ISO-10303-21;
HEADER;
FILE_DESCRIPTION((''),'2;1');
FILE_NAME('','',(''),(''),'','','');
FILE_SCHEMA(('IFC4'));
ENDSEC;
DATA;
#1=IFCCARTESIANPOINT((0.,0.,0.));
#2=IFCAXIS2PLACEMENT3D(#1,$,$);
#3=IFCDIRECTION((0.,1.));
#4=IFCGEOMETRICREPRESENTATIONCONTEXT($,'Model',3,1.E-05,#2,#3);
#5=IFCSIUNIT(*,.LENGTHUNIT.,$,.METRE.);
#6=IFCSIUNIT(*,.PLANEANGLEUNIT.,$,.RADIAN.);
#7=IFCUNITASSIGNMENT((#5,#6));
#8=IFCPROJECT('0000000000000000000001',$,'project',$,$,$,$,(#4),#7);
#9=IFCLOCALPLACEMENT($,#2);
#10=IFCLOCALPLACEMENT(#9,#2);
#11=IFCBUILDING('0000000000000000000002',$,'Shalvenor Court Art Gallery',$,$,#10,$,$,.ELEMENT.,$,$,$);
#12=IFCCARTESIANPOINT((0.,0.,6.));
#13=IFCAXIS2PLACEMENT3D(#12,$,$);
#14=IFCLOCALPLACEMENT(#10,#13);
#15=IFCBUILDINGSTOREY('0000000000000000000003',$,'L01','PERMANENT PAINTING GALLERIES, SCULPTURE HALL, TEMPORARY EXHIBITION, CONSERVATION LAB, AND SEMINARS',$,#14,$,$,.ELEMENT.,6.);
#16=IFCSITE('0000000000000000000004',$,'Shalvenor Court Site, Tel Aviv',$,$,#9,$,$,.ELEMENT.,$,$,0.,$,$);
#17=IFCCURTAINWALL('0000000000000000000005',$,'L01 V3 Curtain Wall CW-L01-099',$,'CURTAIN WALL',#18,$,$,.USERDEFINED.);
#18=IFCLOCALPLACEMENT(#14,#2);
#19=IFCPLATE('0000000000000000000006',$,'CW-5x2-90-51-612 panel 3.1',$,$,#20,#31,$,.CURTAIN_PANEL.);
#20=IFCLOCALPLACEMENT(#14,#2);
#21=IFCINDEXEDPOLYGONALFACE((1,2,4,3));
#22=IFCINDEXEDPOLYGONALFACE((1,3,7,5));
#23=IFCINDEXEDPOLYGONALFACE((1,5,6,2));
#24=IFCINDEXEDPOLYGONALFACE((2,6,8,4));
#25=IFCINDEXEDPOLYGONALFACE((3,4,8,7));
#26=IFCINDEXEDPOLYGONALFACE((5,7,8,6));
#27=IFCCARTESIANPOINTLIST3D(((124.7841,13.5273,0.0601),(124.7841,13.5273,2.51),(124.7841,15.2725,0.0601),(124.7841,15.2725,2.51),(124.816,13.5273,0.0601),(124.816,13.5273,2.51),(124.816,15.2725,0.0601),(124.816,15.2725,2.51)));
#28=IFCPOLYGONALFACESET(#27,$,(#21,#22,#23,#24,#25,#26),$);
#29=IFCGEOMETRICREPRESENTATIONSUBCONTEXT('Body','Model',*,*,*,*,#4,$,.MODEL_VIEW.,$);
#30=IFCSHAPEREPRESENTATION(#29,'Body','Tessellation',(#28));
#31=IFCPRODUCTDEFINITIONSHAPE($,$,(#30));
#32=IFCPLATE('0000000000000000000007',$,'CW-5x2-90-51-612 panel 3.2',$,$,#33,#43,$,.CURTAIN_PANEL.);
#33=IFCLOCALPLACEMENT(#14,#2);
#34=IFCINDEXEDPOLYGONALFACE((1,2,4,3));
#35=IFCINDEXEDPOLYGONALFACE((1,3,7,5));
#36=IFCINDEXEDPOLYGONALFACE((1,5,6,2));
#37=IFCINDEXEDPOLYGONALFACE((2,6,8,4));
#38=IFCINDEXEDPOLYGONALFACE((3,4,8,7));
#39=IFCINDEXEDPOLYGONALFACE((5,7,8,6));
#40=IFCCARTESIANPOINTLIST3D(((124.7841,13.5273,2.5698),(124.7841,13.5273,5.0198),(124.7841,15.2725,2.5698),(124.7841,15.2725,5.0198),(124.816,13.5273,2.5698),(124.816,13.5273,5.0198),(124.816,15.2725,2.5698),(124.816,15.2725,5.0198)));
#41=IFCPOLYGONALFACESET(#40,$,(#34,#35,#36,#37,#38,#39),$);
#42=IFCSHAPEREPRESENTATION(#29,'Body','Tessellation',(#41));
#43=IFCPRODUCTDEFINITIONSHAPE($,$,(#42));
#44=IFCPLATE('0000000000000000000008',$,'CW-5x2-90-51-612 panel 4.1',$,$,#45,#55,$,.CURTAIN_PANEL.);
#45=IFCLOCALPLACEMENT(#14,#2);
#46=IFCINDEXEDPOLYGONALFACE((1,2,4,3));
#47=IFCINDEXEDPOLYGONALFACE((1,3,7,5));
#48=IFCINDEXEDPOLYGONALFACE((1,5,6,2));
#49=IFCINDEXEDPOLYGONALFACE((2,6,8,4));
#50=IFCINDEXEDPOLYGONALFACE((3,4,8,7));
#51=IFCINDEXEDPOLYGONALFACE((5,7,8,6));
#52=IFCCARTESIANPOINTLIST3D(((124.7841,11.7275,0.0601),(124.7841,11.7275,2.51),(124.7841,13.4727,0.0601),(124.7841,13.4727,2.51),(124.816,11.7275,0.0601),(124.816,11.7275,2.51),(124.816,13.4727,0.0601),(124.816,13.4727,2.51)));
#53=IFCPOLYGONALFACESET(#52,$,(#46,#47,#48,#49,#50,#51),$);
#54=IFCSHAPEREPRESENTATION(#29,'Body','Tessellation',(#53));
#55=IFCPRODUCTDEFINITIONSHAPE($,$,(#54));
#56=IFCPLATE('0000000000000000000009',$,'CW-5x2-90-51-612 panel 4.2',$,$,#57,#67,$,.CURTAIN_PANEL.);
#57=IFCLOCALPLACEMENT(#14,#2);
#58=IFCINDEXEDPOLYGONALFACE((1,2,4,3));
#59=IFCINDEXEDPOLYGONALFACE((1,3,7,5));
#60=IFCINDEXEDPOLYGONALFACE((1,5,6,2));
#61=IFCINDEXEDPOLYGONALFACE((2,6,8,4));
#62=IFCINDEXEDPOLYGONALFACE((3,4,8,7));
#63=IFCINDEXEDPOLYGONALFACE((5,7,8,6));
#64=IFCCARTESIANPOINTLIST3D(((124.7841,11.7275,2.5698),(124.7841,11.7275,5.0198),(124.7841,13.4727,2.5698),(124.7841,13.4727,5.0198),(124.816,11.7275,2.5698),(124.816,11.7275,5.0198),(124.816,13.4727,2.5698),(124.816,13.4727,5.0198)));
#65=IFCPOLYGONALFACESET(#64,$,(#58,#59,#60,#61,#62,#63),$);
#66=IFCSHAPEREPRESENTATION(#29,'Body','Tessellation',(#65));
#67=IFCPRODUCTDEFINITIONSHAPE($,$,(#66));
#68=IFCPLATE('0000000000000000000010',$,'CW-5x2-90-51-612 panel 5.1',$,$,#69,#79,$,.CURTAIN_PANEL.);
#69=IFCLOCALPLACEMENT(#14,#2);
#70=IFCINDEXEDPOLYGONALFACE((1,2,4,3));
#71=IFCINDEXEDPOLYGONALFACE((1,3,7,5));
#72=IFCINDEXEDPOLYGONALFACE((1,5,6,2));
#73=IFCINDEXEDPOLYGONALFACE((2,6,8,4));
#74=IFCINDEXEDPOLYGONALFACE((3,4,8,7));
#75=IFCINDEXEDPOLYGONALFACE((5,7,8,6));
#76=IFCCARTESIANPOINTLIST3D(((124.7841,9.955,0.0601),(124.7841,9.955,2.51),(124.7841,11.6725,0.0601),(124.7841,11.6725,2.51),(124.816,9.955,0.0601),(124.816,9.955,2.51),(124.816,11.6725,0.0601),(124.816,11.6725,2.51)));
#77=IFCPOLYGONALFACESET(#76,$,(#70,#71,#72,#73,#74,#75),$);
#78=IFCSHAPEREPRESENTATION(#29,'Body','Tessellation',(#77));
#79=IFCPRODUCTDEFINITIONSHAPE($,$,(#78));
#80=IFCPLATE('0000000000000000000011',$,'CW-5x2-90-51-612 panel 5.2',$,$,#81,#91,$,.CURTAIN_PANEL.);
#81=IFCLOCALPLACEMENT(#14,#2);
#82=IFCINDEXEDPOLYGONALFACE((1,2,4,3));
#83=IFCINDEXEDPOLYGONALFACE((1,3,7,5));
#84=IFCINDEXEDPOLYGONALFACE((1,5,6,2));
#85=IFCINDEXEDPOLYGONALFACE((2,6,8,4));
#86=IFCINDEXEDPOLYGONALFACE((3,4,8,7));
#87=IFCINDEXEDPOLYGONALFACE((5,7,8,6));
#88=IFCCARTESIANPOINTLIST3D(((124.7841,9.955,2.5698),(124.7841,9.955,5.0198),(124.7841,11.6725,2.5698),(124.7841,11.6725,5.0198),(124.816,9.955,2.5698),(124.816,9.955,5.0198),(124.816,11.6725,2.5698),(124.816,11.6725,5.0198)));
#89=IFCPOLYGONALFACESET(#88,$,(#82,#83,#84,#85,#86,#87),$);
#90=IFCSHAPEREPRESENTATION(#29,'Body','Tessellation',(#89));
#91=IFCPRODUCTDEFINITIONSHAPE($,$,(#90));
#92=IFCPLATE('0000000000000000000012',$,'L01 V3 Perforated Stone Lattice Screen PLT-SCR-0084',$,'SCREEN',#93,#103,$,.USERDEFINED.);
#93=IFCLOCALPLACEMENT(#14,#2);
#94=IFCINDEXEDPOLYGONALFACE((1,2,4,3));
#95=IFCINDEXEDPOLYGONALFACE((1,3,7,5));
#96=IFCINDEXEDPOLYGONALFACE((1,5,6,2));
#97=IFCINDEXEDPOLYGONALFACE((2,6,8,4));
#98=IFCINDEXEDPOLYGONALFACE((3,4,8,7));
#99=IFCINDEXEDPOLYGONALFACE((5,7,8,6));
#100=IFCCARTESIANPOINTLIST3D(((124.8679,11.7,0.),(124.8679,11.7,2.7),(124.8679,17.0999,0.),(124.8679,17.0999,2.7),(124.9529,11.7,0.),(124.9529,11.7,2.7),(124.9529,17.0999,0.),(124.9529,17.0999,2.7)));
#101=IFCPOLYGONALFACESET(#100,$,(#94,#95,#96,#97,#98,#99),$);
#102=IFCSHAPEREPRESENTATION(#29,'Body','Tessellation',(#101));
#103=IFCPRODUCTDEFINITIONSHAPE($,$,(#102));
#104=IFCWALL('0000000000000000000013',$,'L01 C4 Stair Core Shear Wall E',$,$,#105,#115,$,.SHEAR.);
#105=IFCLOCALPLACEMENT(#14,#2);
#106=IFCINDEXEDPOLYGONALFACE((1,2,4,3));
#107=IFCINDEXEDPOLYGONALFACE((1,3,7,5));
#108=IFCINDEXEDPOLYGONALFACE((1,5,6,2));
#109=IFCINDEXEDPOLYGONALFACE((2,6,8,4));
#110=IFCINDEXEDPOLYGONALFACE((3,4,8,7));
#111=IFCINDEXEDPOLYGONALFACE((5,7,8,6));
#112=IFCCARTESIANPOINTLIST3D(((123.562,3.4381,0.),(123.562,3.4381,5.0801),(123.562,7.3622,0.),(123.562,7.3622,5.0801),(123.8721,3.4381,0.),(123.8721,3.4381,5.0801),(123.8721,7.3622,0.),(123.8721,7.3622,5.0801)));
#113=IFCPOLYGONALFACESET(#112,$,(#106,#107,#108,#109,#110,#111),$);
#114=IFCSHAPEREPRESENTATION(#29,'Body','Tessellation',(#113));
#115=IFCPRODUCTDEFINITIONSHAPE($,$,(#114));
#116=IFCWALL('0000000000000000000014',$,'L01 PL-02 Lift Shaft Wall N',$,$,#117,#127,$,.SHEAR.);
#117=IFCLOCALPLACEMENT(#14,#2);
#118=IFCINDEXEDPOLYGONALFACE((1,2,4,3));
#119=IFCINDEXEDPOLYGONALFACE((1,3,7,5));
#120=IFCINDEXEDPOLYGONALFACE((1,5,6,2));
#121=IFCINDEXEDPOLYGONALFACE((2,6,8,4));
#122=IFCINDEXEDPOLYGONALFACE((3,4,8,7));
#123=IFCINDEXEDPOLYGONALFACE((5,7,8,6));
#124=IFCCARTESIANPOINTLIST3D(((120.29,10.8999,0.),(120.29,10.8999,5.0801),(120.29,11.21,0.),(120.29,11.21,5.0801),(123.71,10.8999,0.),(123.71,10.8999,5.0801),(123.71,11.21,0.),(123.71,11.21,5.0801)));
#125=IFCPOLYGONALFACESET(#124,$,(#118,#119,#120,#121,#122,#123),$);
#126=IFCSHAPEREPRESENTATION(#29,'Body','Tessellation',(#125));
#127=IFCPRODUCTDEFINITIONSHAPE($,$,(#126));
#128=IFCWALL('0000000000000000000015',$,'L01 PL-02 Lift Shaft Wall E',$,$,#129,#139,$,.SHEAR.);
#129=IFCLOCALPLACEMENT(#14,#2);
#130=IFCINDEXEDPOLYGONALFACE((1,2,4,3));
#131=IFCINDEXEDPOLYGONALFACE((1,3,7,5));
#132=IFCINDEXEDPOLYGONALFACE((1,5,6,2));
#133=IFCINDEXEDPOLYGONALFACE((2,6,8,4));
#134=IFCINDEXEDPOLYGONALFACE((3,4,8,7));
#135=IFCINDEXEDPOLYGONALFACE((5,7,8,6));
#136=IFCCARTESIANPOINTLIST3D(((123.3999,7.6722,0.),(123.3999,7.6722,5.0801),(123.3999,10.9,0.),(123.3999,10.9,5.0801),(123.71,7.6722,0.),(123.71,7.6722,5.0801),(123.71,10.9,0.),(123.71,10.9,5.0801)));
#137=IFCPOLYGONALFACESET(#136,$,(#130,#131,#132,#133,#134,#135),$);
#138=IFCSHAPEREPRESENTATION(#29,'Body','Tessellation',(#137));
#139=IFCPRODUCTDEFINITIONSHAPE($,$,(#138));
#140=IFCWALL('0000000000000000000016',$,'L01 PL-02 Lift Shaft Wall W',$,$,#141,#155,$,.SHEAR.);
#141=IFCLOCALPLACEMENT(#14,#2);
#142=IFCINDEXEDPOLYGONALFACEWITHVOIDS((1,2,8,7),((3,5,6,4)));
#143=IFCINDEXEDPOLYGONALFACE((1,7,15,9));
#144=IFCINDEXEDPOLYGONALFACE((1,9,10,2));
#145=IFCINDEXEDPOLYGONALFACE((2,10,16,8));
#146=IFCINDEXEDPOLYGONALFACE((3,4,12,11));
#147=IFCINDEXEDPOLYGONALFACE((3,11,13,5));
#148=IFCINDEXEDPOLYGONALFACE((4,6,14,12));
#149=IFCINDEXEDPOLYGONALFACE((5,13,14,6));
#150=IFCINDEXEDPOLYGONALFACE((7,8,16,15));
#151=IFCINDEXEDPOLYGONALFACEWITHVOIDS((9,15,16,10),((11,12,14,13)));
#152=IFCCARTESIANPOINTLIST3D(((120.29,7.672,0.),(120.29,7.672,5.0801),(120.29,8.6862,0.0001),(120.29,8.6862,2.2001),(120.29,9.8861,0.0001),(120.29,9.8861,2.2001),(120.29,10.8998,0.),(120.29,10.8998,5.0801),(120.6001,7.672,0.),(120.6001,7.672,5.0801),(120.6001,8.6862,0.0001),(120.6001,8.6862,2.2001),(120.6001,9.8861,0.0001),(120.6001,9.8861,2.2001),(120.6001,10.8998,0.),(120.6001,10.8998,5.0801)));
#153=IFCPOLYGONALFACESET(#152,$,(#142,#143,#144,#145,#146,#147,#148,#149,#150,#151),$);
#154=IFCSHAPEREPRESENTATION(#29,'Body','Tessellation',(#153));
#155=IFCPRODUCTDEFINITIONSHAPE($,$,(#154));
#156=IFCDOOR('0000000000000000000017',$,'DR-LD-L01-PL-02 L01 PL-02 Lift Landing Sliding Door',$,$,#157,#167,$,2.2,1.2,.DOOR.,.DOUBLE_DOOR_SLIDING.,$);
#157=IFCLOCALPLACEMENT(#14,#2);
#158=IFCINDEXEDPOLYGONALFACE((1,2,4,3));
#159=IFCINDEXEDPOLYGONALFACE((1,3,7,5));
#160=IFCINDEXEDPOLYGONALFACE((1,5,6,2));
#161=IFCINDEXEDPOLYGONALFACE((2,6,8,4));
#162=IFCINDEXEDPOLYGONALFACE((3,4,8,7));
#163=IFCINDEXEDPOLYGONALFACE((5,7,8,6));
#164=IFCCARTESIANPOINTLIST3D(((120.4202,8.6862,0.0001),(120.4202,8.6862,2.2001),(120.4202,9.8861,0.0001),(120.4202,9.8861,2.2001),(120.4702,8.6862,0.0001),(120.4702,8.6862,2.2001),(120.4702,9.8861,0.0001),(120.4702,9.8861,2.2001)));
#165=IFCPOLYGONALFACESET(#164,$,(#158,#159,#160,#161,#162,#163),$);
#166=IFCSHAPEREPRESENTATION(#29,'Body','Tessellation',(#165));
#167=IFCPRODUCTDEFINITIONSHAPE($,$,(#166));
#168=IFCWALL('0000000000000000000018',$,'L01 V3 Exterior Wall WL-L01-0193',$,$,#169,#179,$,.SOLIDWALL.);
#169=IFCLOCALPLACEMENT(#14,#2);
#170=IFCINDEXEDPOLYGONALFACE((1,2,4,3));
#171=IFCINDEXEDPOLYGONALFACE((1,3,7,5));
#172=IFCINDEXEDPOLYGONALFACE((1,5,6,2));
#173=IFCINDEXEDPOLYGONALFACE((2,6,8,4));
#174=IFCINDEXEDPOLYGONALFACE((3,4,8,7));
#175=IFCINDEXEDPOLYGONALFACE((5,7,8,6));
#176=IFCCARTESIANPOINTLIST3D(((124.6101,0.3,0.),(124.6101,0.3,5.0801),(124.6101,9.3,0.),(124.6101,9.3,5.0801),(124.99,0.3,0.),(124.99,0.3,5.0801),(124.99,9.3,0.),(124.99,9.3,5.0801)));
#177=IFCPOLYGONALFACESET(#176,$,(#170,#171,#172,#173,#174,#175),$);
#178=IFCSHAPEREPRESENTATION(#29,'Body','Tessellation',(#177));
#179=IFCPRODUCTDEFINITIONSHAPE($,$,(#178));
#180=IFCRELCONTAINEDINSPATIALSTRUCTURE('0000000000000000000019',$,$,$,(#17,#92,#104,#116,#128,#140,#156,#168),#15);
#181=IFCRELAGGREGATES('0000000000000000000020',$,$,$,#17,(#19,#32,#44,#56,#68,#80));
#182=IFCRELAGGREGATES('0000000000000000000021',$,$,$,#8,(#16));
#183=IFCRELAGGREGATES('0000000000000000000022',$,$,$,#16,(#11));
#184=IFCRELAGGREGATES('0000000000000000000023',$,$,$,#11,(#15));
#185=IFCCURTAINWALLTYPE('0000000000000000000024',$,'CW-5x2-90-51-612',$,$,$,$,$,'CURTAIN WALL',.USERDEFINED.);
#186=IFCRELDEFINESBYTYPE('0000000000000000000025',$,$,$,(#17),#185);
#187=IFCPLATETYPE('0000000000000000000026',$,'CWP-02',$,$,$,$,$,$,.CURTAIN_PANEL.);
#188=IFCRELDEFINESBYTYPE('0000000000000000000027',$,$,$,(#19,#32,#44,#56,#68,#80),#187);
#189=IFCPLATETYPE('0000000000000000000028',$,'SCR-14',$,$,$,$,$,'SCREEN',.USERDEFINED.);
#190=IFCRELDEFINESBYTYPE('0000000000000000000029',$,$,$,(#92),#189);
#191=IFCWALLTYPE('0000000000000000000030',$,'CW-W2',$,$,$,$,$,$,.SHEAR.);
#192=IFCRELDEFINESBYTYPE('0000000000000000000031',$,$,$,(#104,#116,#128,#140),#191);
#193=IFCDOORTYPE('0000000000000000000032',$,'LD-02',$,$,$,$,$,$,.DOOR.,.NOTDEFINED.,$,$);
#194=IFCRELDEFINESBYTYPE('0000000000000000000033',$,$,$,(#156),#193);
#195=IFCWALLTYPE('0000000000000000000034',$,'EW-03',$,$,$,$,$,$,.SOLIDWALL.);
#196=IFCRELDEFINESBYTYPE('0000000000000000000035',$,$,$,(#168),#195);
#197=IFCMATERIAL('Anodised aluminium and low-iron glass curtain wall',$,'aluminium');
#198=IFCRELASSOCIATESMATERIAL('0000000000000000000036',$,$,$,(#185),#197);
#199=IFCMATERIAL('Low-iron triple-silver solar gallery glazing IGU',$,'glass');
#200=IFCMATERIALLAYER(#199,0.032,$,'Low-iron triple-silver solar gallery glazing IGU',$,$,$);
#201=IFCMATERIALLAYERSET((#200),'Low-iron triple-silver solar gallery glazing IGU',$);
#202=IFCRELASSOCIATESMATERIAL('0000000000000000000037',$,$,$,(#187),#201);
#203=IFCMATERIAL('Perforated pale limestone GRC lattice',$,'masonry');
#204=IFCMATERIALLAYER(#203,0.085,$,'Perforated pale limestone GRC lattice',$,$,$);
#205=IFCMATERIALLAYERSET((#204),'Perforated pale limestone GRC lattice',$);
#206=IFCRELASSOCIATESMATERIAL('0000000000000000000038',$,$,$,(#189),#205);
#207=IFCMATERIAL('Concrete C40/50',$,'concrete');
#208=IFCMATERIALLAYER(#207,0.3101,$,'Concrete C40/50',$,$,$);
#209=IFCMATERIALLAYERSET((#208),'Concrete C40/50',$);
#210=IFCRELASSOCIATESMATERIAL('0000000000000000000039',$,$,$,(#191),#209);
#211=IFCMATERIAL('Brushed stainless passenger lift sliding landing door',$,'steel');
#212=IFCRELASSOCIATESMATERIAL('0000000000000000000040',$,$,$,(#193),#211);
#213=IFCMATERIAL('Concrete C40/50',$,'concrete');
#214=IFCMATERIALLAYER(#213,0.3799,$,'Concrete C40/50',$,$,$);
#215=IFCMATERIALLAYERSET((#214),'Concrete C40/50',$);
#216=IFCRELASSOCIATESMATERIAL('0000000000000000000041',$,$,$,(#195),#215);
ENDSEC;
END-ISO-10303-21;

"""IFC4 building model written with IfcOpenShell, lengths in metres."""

from ifc_helpers import new_model, si_unit, direction, frame, frame_2d, origin, origin_2d, place, context, subcontext, project, spatial, rectangle, extrude, material, layer, layer_set, type_object, element, fill, aggregate, save


model = new_model("IFC4")

# Units and contexts
model_context = context("Model", 3, precision=1e-05, world=origin(), true_north=direction((0.0, 1.0)))
body_context = subcontext(model_context, "Body", "Model", "MODEL_VIEW")
ifc_project = project(units=[si_unit("LENGTHUNIT", "METRE"), si_unit("PLANEANGLEUNIT", "RADIAN")], contexts=[model_context])

# Site, building, storey
site_placement = place(None, origin())
site = spatial("IfcSite", under=ifc_project, at=site_placement, Name="Shalvenor Court Site, Tel Aviv", CompositionType="ELEMENT", RefElevation=0.0)
building_placement = place(site_placement, origin())
building = spatial("IfcBuilding", under=site, at=building_placement, Name="Shalvenor Court Art Gallery", CompositionType="ELEMENT")
storey_placement = place(building_placement, frame((0.0, 0.0, 6.0)))
storey = spatial("IfcBuildingStorey", under=building, at=storey_placement, Name="L01", Description="PERMANENT PAINTING GALLERIES, SCULPTURE HALL, TEMPORARY EXHIBITION, CONSERVATION LAB, AND SEMINARS", CompositionType="ELEMENT", Elevation=6.0)

# Curtain wall, plates
ifc_material_1 = material(Name="Anodised aluminium and low-iron glass curtain wall", Category="aluminium")
curtain_wall_type = type_object("IfcCurtainWallType", Name="CW-5x2-90-51-612", ElementType="CURTAIN WALL", PredefinedType="USERDEFINED", material=ifc_material_1)
curtain_wall_placement = place(storey_placement, origin())
curtain_wall = element("IfcCurtainWall", 1, at=curtain_wall_placement, inside=storey, type_object=curtain_wall_type, Name="L01 V3 Curtain Wall CW-L01-099", ObjectType="CURTAIN WALL", PredefinedType="USERDEFINED")
ifc_material_2 = material(Name="Low-iron triple-silver solar gallery glazing IGU", Category="glass")
ifc_layer_1 = layer(ifc_material_2, 0.032, Name="Low-iron triple-silver solar gallery glazing IGU")
ifc_layer_set_1 = layer_set([ifc_layer_1], Name="Low-iron triple-silver solar gallery glazing IGU")
plate_type_1 = type_object("IfcPlateType", Name="CWP-02", PredefinedType="CURTAIN_PANEL", material=ifc_layer_set_1)
plate_1_placement = place(storey_placement, frame((124.8, 14.3999, 0.0601), z_axis=(0.0, 0.0, 1.0), x_axis=(0.0, -1.0, 0.0)))
plate_1 = element("IfcPlate", 2, at=plate_1_placement, type_object=plate_type_1, Name="CW-5x2-90-51-612 panel 3.1", PredefinedType="CURTAIN_PANEL", context=body_context, shape_type="SweptSolid", body=[
    extrude(rectangle(XDim=1.7451, YDim=0.032, at=origin_2d()), origin(), (0.0, 0.0, 1.0), 2.45),
])
plate_2_placement = place(storey_placement, frame((124.8, 14.3999, 2.5698), z_axis=(0.0, 0.0, 1.0), x_axis=(0.0, -1.0, 0.0)))
plate_2 = element("IfcPlate", 3, at=plate_2_placement, type_object=plate_type_1, Name="CW-5x2-90-51-612 panel 3.2", PredefinedType="CURTAIN_PANEL", context=body_context, shape_type="SweptSolid", body=[
    extrude(rectangle(XDim=1.7451, YDim=0.032, at=origin_2d()), origin(), (0.0, 0.0, 1.0), 2.45),
])
plate_3_placement = place(storey_placement, frame((124.8, 12.6001, 0.0601), z_axis=(0.0, 0.0, 1.0), x_axis=(0.0, -1.0, 0.0)))
plate_3 = element("IfcPlate", 4, at=plate_3_placement, type_object=plate_type_1, Name="CW-5x2-90-51-612 panel 4.1", PredefinedType="CURTAIN_PANEL", context=body_context, shape_type="SweptSolid", body=[
    extrude(rectangle(XDim=1.7451, YDim=0.032, at=origin_2d()), origin(), (0.0, 0.0, 1.0), 2.45),
])
plate_4_placement = place(storey_placement, frame((124.8, 12.6001, 2.5698), z_axis=(0.0, 0.0, 1.0), x_axis=(0.0, -1.0, 0.0)))
plate_4 = element("IfcPlate", 5, at=plate_4_placement, type_object=plate_type_1, Name="CW-5x2-90-51-612 panel 4.2", PredefinedType="CURTAIN_PANEL", context=body_context, shape_type="SweptSolid", body=[
    extrude(rectangle(XDim=1.7451, YDim=0.032, at=origin_2d()), origin(), (0.0, 0.0, 1.0), 2.45),
])
plate_5_placement = place(storey_placement, frame((124.8, 10.8137, 0.0601), z_axis=(0.0, 0.0, 1.0), x_axis=(0.0, -1.0, 0.0)))
plate_5 = element("IfcPlate", 6, at=plate_5_placement, type_object=plate_type_1, Name="CW-5x2-90-51-612 panel 5.1", PredefinedType="CURTAIN_PANEL", context=body_context, shape_type="SweptSolid", body=[
    extrude(rectangle(XDim=1.7175, YDim=0.032, at=origin_2d()), origin(), (0.0, 0.0, 1.0), 2.45),
])
plate_6_placement = place(storey_placement, frame((124.8, 10.8137, 2.5698), z_axis=(0.0, 0.0, 1.0), x_axis=(0.0, -1.0, 0.0)))
plate_6 = element("IfcPlate", 7, at=plate_6_placement, type_object=plate_type_1, Name="CW-5x2-90-51-612 panel 5.2", PredefinedType="CURTAIN_PANEL", context=body_context, shape_type="SweptSolid", body=[
    extrude(rectangle(XDim=1.7175, YDim=0.032, at=origin_2d()), origin(), (0.0, 0.0, 1.0), 2.45),
])
aggregate(curtain_wall, [plate_1, plate_2, plate_3, plate_4, plate_5, plate_6])

# Plate
ifc_material_3 = material(Name="Perforated pale limestone GRC lattice", Category="masonry")
ifc_layer_2 = layer(ifc_material_3, 0.085, Name="Perforated pale limestone GRC lattice")
ifc_layer_set_2 = layer_set([ifc_layer_2], Name="Perforated pale limestone GRC lattice")
plate_type_2 = type_object("IfcPlateType", Name="SCR-14", ElementType="SCREEN", PredefinedType="USERDEFINED", material=ifc_layer_set_2)
plate_7_placement = place(storey_placement, frame((124.9104, 14.3999, 0.0), z_axis=(0.0, 0.0, 1.0), x_axis=(0.0, -1.0, 0.0)))
element("IfcPlate", 8, at=plate_7_placement, inside=storey, type_object=plate_type_2, Name="L01 V3 Perforated Stone Lattice Screen PLT-SCR-0084", ObjectType="SCREEN", PredefinedType="USERDEFINED", context=body_context, shape_type="SweptSolid", body=[
    extrude(rectangle(XDim=5.3999, YDim=0.085, at=origin_2d()), origin(), (0.0, 0.0, 1.0), 2.7),
])

# Walls
ifc_material_4 = material(Name="Concrete C40/50", Category="concrete")
ifc_layer_3 = layer(ifc_material_4, 0.3101, Name="Concrete C40/50")
ifc_layer_set_3 = layer_set([ifc_layer_3], Name="Concrete C40/50")
wall_type_1 = type_object("IfcWallType", Name="CW-W2", PredefinedType="SHEAR", material=ifc_layer_set_3)
wall_1_placement = place(storey_placement, frame((123.717, 7.3621, 0.0), z_axis=(0.0, 0.0, 1.0), x_axis=(0.0, -1.0, 0.0)))
element("IfcWall", 9, at=wall_1_placement, inside=storey, type_object=wall_type_1, Name="L01 C4 Stair Core Shear Wall E", PredefinedType="SHEAR", context=body_context, shape_type="SweptSolid", body=[
    extrude(rectangle(XDim=3.9241, YDim=0.3101, at=frame_2d((1.9619, 0.0))), origin(), (0.0, 0.0, 1.0), 5.0801),
])
wall_2_placement = place(storey_placement, frame((120.29, 11.0549, 0.0), z_axis=(0.0, 0.0, 1.0), x_axis=(1.0, 0.0, 0.0)))
element("IfcWall", 10, at=wall_2_placement, inside=storey, type_object=wall_type_1, Name="L01 PL-02 Lift Shaft Wall N", PredefinedType="SHEAR", context=body_context, shape_type="SweptSolid", body=[
    extrude(rectangle(XDim=3.4199, YDim=0.3101, at=frame_2d((1.71, 0.0))), origin(), (0.0, 0.0, 1.0), 5.0801),
])
wall_3_placement = place(storey_placement, frame((123.5549, 10.8999, 0.0), z_axis=(0.0, 0.0, 1.0), x_axis=(0.0, -1.0, 0.0)))
element("IfcWall", 11, at=wall_3_placement, inside=storey, type_object=wall_type_1, Name="L01 PL-02 Lift Shaft Wall E", PredefinedType="SHEAR", context=body_context, shape_type="SweptSolid", body=[
    extrude(rectangle(XDim=3.2278, YDim=0.3101, at=frame_2d((1.6138, 0.0))), origin(), (0.0, 0.0, 1.0), 5.0801),
])

# Wall, opening, door
wall_4_placement = place(storey_placement, frame((120.4451, 7.6721, 0.0), z_axis=(0.0, 0.0, 1.0), x_axis=(0.0, 1.0, 0.0)))
wall_4 = element("IfcWall", 12, at=wall_4_placement, inside=storey, type_object=wall_type_1, Name="L01 PL-02 Lift Shaft Wall W", PredefinedType="SHEAR", context=body_context, shape_type="SweptSolid", body=[
    extrude(rectangle(XDim=3.2278, YDim=0.3101, at=frame_2d((1.6138, 0.0))), origin(), (0.0, 0.0, 1.0), 5.0801),
])
opening_placement = place(wall_4_placement, frame((1.0139, 0.0, 0.0)))
opening = element("IfcOpeningElement", 13, at=opening_placement, cuts=wall_4, PredefinedType="OPENING", context=body_context, shape_type="SweptSolid", body=[
    extrude(rectangle(XDim=1.2, YDim=2.2, at=frame_2d((0.6001, 1.1001))), frame((0.0, 0.165, 0.0), z_axis=(0.0, -1.0, 0.0), x_axis=(1.0, 0.0, 0.0)), (0.0, 0.0, 1.0), 0.3301),
])
ifc_material_5 = material(Name="Brushed stainless passenger lift sliding landing door", Category="steel")
door_type = type_object("IfcDoorType", Name="LD-02", OperationType="NOTDEFINED", PredefinedType="DOOR", material=ifc_material_5)
door_placement = place(opening_placement, origin())
door = element("IfcDoor", 14, at=door_placement, inside=storey, type_object=door_type, Name="DR-LD-L01-PL-02 L01 PL-02 Lift Landing Sliding Door", OperationType="DOUBLE_DOOR_SLIDING", OverallHeight=2.2, OverallWidth=1.2, PredefinedType="DOOR", context=body_context, shape_type="SweptSolid", body=[
    extrude(rectangle(XDim=1.2, YDim=2.2, at=frame_2d((0.6001, 1.1001))), frame((0.0, 0.0249, 0.0), z_axis=(0.0, -1.0, 0.0), x_axis=(1.0, 0.0, 0.0)), (0.0, 0.0, 1.0), 0.05),
])
fill(opening, door)

# Wall
ifc_material_6 = material(Name="Concrete C40/50", Category="concrete")
ifc_layer_4 = layer(ifc_material_6, 0.3799, Name="Concrete C40/50")
ifc_layer_set_4 = layer_set([ifc_layer_4], Name="Concrete C40/50")
wall_type_2 = type_object("IfcWallType", Name="EW-03", PredefinedType="SOLIDWALL", material=ifc_layer_set_4)
wall_5_placement = place(storey_placement, frame((124.8, 9.3, 0.0), z_axis=(0.0, 0.0, 1.0), x_axis=(0.0, -1.0, 0.0)))
element("IfcWall", 15, at=wall_5_placement, inside=storey, type_object=wall_type_2, Name="L01 V3 Exterior Wall WL-L01-0193", PredefinedType="SOLIDWALL", context=body_context, shape_type="SweptSolid", body=[
    extrude(rectangle(XDim=9.0, YDim=0.3799, at=frame_2d((4.5, 0.0))), origin(), (0.0, 0.0, 1.0), 5.0801),
])

save(model, "model.ifc")
